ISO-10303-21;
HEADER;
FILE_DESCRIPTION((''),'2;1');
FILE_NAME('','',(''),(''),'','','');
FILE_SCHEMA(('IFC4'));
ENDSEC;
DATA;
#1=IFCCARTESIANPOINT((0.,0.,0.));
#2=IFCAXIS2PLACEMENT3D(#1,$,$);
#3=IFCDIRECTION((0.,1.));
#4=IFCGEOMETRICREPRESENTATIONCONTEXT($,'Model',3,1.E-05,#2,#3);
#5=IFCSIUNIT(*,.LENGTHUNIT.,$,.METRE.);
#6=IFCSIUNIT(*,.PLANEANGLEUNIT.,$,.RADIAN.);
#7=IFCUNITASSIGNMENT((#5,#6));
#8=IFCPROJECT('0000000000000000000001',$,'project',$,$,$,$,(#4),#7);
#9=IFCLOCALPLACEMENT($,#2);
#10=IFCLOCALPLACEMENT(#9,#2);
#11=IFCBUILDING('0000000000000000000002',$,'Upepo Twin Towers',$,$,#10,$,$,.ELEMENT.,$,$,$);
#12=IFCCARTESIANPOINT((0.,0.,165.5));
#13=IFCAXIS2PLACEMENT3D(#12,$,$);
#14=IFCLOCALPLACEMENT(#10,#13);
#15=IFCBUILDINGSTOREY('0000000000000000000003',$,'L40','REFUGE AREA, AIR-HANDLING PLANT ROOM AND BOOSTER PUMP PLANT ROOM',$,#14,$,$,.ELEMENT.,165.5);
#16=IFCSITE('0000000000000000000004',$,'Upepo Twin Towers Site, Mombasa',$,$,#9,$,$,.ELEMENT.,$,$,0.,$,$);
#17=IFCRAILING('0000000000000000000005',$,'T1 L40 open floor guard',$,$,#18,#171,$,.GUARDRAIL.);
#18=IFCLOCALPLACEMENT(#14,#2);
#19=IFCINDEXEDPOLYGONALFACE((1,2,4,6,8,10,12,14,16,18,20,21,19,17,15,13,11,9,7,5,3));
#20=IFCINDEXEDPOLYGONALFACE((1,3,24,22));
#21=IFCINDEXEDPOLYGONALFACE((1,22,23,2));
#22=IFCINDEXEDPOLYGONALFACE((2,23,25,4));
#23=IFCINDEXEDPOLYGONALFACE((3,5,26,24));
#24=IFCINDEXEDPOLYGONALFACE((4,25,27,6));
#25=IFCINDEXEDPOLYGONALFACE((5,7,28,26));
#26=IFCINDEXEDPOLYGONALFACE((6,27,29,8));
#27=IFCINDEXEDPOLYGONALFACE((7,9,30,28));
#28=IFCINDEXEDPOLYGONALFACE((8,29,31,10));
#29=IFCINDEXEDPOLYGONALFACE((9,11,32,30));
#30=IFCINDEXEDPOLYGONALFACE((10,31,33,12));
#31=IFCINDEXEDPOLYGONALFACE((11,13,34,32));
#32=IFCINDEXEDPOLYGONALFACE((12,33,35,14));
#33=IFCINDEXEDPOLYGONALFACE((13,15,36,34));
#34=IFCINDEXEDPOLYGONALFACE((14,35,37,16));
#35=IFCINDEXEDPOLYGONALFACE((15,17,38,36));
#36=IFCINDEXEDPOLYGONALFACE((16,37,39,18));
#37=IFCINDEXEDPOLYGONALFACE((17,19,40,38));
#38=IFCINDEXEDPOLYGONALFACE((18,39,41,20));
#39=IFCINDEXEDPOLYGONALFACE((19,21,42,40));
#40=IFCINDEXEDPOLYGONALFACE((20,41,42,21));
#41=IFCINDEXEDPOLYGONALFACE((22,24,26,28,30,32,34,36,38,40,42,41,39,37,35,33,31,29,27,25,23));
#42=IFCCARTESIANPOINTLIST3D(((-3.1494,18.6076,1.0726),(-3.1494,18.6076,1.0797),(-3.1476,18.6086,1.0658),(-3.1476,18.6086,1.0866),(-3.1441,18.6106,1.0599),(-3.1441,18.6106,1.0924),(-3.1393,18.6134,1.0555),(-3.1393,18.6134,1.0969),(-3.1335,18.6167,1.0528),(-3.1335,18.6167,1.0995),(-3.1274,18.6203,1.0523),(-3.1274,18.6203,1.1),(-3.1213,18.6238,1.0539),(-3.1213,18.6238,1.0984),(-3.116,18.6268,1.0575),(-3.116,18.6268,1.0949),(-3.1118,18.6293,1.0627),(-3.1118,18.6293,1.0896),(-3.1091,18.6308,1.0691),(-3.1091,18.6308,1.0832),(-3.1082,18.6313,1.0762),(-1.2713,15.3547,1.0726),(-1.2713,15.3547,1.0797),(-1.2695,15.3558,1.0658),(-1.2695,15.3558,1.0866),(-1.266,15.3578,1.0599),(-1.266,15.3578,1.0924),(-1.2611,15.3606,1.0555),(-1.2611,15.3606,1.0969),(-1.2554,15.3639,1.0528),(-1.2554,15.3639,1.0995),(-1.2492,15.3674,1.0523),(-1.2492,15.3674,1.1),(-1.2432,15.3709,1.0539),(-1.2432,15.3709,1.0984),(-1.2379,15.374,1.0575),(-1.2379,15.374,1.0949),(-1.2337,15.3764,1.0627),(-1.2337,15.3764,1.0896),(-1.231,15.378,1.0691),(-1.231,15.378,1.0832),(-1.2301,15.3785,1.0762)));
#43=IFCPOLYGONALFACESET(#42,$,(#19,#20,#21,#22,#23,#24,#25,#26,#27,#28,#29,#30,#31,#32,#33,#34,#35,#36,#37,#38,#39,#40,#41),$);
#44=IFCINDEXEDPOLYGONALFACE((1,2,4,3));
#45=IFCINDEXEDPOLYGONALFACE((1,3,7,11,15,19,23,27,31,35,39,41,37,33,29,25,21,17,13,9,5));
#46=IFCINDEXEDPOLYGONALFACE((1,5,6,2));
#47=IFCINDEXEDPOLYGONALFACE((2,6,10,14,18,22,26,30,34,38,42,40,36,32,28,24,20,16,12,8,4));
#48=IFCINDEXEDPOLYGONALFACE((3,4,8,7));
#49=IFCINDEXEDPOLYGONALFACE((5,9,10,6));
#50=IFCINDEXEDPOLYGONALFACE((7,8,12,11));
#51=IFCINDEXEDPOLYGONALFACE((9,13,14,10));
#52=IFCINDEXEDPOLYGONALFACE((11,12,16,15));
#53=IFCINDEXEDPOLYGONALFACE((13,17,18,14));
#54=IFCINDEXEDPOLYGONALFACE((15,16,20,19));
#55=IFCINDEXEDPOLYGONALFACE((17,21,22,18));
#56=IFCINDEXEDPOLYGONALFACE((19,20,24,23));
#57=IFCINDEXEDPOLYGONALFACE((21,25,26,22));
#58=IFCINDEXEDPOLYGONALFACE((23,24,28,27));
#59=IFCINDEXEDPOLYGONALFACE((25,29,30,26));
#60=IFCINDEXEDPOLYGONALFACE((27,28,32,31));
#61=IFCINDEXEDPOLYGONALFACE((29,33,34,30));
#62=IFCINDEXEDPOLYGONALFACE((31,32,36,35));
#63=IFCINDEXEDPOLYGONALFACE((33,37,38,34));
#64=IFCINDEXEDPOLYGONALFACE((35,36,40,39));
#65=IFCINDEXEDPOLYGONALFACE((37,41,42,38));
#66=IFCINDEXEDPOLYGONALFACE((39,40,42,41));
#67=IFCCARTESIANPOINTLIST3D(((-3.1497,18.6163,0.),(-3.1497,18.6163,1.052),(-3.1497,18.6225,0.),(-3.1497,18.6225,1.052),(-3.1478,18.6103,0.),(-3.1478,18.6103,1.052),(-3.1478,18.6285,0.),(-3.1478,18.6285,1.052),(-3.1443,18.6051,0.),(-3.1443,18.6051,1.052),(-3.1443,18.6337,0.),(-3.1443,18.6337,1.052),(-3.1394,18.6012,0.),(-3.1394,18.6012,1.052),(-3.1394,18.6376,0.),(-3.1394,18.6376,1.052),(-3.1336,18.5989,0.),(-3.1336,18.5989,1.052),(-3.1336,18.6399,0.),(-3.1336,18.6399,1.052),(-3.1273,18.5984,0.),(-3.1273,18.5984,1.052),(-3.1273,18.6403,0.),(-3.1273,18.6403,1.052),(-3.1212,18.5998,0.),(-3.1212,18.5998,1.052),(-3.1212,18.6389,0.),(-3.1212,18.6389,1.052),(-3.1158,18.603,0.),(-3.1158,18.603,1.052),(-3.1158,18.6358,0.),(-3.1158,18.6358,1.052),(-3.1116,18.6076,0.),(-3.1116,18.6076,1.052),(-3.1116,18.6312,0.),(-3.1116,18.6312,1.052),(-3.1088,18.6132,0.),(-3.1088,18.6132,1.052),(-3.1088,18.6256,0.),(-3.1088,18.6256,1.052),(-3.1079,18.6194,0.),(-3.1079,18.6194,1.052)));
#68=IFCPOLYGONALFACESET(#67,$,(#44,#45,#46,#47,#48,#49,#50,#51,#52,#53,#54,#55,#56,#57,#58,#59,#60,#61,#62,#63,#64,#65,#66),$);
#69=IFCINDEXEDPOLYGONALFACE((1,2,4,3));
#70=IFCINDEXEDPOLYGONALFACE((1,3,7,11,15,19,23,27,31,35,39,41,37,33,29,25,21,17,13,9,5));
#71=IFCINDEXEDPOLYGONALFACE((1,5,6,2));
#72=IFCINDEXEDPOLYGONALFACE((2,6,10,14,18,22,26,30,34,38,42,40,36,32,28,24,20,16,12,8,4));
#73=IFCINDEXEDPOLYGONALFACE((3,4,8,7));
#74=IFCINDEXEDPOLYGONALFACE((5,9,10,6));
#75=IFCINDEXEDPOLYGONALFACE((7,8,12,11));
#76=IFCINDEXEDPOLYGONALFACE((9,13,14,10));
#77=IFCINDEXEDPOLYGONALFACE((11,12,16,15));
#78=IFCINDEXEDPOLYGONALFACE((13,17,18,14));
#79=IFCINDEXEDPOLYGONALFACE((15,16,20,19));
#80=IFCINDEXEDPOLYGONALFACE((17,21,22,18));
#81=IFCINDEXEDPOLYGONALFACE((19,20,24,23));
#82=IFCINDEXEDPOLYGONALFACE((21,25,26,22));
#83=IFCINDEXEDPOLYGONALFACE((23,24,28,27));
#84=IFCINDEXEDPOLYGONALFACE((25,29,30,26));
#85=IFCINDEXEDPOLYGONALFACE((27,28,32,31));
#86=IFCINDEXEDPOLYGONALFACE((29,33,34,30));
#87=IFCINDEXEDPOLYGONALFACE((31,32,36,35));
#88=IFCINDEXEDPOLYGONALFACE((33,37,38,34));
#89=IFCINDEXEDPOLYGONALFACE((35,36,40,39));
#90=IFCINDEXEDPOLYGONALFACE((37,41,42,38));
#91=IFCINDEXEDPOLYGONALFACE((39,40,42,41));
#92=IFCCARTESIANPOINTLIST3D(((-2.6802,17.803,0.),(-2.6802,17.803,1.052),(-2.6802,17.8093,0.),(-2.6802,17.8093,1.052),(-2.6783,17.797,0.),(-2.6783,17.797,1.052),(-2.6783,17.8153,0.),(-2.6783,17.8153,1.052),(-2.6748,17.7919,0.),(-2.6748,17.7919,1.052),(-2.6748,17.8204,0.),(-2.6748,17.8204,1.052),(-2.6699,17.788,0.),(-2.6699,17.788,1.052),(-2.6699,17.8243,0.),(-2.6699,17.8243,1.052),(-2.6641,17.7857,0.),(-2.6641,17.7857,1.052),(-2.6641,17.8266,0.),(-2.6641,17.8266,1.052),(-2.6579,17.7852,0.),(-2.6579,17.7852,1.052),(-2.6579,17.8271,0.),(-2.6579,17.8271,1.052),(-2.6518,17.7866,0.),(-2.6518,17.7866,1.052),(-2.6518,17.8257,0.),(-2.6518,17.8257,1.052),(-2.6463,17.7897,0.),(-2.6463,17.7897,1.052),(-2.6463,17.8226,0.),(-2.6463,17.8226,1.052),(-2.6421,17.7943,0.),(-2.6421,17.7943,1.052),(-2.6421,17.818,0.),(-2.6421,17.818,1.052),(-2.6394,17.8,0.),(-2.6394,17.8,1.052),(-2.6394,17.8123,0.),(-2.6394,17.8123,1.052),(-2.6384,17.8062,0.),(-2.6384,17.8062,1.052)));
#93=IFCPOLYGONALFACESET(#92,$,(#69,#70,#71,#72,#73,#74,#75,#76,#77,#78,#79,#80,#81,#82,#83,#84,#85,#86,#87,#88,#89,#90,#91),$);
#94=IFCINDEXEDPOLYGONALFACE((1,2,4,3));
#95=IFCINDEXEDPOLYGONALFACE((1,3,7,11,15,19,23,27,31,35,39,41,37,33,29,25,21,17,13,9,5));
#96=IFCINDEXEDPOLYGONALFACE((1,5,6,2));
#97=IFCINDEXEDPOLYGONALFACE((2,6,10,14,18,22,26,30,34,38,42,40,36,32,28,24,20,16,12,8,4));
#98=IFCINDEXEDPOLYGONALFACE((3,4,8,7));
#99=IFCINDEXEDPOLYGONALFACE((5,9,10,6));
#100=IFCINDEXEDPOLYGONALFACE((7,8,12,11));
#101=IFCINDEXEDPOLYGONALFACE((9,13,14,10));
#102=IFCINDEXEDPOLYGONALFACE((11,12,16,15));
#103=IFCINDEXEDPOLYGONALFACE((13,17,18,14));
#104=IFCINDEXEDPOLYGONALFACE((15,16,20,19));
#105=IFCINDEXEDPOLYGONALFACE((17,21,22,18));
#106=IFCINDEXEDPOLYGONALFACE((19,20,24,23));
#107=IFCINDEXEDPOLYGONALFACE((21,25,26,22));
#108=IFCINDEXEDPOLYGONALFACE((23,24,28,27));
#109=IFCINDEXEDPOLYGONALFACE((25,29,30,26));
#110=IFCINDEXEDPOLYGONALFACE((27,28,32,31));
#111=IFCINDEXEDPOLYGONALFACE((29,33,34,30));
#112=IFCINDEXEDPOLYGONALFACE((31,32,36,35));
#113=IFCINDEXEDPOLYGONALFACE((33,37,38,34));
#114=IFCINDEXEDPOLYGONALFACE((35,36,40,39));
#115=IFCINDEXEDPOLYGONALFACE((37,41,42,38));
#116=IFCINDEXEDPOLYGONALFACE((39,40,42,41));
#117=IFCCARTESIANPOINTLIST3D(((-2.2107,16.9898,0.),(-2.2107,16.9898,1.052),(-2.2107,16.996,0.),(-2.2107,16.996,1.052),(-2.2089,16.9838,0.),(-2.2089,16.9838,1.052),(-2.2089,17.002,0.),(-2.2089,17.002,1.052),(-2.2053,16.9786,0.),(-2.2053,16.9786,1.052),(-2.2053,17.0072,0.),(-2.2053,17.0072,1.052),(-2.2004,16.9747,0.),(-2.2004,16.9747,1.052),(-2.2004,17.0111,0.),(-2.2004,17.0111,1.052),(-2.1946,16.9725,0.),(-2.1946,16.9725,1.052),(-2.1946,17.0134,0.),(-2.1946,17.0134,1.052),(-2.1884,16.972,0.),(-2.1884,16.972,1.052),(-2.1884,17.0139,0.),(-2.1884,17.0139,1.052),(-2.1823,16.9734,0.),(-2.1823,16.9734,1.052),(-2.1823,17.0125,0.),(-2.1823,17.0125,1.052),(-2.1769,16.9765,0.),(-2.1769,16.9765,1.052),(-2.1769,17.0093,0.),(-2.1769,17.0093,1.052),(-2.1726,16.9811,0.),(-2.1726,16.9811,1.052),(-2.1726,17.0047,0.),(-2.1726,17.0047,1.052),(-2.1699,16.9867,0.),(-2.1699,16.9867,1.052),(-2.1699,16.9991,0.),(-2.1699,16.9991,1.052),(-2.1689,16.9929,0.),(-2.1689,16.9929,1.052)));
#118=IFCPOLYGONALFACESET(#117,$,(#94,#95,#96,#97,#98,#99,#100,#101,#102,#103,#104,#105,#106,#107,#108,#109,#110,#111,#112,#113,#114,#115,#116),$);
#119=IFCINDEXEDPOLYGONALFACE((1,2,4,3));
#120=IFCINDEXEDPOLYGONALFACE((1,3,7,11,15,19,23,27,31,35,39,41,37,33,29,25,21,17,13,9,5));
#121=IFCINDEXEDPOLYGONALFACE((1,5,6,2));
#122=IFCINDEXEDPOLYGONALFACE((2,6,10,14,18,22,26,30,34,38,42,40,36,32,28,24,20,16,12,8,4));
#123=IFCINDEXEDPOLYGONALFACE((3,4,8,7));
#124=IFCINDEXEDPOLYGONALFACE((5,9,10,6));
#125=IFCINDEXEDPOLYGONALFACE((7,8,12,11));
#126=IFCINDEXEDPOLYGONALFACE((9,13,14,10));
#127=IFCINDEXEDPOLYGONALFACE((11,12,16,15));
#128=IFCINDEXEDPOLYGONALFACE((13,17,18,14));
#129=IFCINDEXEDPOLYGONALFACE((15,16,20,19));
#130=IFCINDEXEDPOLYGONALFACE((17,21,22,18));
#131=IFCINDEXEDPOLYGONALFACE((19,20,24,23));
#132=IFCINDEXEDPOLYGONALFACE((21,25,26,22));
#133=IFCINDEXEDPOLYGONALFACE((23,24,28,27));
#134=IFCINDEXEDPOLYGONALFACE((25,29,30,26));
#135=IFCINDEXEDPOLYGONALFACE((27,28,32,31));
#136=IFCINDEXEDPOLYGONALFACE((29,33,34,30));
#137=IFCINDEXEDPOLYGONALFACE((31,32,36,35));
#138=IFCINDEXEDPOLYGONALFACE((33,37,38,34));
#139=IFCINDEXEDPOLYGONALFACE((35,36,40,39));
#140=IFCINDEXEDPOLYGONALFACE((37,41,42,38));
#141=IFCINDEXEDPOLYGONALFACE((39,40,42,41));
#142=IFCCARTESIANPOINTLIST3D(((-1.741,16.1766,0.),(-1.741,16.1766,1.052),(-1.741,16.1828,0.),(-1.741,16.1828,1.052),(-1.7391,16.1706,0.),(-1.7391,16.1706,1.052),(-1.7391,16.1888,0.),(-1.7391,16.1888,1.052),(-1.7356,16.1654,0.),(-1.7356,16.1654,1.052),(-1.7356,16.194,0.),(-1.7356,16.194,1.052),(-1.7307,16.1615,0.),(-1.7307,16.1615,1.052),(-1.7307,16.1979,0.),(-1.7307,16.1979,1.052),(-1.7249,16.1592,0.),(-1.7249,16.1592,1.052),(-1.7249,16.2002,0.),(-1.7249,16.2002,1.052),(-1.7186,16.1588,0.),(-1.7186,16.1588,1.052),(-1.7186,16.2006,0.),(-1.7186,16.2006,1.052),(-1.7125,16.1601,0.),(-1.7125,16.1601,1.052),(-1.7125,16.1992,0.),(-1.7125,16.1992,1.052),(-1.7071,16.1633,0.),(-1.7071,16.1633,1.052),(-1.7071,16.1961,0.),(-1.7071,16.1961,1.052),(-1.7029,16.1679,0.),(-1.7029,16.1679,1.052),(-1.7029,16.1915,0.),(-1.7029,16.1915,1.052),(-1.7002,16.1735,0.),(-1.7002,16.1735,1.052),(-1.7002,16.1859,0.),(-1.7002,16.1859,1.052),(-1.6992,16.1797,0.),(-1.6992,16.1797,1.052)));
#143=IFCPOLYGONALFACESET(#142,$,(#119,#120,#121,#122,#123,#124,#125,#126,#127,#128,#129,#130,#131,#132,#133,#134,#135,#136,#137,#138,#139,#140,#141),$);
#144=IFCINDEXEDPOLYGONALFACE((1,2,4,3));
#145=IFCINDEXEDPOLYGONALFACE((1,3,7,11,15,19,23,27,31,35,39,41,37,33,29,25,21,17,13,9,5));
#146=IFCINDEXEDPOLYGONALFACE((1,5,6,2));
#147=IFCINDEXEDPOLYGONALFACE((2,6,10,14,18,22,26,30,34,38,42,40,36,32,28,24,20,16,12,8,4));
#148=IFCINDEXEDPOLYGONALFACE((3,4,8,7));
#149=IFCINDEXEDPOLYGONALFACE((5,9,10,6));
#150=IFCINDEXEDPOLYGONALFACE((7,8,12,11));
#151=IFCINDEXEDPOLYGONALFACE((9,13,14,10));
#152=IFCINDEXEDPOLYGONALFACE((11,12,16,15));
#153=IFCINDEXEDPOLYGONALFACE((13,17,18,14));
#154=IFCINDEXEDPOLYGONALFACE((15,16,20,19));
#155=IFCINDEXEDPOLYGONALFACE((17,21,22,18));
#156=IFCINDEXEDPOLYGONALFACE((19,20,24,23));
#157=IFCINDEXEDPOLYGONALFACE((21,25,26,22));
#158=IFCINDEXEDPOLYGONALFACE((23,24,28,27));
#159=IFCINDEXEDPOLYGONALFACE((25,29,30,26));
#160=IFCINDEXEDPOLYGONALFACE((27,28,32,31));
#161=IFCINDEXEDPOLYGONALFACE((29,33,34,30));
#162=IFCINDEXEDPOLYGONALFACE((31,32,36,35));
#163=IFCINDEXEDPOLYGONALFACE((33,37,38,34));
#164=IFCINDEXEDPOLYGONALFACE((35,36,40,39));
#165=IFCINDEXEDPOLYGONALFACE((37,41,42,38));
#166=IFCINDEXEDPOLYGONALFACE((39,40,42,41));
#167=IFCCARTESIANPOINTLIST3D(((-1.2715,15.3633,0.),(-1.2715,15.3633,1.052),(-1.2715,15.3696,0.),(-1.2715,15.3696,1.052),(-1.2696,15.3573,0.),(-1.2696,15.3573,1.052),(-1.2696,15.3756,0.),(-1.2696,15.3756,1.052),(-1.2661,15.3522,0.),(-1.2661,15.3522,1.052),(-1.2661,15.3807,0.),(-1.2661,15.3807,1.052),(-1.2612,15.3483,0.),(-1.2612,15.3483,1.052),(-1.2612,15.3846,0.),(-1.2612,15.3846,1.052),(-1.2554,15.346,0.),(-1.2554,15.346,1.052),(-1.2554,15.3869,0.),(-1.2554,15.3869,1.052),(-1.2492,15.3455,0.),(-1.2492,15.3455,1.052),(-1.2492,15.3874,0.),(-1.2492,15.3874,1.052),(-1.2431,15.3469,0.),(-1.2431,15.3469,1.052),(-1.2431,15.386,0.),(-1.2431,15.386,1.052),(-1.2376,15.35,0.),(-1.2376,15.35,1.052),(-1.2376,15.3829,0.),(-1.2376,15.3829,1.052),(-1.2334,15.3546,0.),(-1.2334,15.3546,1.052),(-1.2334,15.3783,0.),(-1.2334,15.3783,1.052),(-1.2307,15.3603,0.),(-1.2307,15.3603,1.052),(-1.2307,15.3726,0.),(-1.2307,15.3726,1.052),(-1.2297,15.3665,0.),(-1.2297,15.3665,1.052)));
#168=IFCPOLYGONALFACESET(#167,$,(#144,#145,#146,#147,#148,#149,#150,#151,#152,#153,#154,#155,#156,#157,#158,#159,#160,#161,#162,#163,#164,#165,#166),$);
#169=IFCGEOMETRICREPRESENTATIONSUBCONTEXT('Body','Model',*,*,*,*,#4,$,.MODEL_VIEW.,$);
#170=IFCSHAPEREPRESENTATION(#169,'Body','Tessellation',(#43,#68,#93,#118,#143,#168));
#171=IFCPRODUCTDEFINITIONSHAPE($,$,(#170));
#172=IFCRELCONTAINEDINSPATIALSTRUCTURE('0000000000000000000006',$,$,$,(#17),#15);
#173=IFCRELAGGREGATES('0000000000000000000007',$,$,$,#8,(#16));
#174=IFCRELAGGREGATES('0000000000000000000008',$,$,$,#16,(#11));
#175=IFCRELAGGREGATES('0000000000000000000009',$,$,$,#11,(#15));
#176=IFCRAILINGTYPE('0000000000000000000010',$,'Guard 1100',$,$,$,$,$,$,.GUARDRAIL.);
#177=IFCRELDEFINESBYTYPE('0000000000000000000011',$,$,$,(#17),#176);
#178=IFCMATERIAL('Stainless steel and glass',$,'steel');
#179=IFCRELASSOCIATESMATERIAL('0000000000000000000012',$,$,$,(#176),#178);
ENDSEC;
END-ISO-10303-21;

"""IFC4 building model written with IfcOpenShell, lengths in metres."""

from ifc_helpers import new_model, si_unit, direction, frame, origin, origin_2d, place, context, subcontext, project, spatial, circle, extrude, material, type_object, element, save


model = new_model("IFC4")

# Units and contexts
model_context = context("Model", 3, precision=1e-05, world=origin(), true_north=direction((0.0, 1.0)))
body_context = subcontext(model_context, "Body", "Model", "MODEL_VIEW")
ifc_project = project(units=[si_unit("LENGTHUNIT", "METRE"), si_unit("PLANEANGLEUNIT", "RADIAN")], contexts=[model_context])

# Site, building, storey
site_placement = place(None, origin())
site = spatial("IfcSite", under=ifc_project, at=site_placement, Name="Upepo Twin Towers Site, Mombasa", CompositionType="ELEMENT", RefElevation=0.0)
building_placement = place(site_placement, origin())
building = spatial("IfcBuilding", under=site, at=building_placement, Name="Upepo Twin Towers", CompositionType="ELEMENT")
storey_placement = place(building_placement, frame((0.0, 0.0, 165.5)))
storey = spatial("IfcBuildingStorey", under=building, at=storey_placement, Name="L40", Description="REFUGE AREA, AIR-HANDLING PLANT ROOM AND BOOSTER PUMP PLANT ROOM", CompositionType="ELEMENT", Elevation=165.5)

# Railing
ifc_material_1 = material(Name="Stainless steel and glass", Category="steel")
railing_type = type_object("IfcRailingType", Name="Guard 1100", PredefinedType="GUARDRAIL", material=ifc_material_1)
for number, where, name in (
    (1, (-3.1289, 18.6194, 0.0), "T1 L40 open floor guard"),
):
    element("IfcRailing", number, at=place(storey_placement, frame(where)), inside=storey, type_object=railing_type, Name=name, PredefinedType="GUARDRAIL", context=body_context, shape_type="SweptSolid", body=[
        extrude(circle(Radius=0.0239, at=origin_2d()), frame((0.0, 0.0, 1.0762), z_axis=(0.500019, -0.866015, 0.0), x_axis=(0.866015, 0.500019, 0.0)), (0.0, 0.0, 1.0), 3.7561),
        extrude(circle(Radius=0.021, at=origin_2d()), origin(), (0.0, 0.0, 1.0), 1.052),
        extrude(circle(Radius=0.021, at=origin_2d()), frame((0.4695, -0.8132, 0.0)), (0.0, 0.0, 1.0), 1.052),
        extrude(circle(Radius=0.021, at=origin_2d()), frame((0.939, -1.6265, 0.0)), (0.0, 0.0, 1.0), 1.052),
        extrude(circle(Radius=0.021, at=origin_2d()), frame((1.4087, -2.4397, 0.0)), (0.0, 0.0, 1.0), 1.052),
        extrude(circle(Radius=0.021, at=origin_2d()), frame((1.8782, -3.2529, 0.0)), (0.0, 0.0, 1.0), 1.052),
    ])

save(model, "model.ifc")
